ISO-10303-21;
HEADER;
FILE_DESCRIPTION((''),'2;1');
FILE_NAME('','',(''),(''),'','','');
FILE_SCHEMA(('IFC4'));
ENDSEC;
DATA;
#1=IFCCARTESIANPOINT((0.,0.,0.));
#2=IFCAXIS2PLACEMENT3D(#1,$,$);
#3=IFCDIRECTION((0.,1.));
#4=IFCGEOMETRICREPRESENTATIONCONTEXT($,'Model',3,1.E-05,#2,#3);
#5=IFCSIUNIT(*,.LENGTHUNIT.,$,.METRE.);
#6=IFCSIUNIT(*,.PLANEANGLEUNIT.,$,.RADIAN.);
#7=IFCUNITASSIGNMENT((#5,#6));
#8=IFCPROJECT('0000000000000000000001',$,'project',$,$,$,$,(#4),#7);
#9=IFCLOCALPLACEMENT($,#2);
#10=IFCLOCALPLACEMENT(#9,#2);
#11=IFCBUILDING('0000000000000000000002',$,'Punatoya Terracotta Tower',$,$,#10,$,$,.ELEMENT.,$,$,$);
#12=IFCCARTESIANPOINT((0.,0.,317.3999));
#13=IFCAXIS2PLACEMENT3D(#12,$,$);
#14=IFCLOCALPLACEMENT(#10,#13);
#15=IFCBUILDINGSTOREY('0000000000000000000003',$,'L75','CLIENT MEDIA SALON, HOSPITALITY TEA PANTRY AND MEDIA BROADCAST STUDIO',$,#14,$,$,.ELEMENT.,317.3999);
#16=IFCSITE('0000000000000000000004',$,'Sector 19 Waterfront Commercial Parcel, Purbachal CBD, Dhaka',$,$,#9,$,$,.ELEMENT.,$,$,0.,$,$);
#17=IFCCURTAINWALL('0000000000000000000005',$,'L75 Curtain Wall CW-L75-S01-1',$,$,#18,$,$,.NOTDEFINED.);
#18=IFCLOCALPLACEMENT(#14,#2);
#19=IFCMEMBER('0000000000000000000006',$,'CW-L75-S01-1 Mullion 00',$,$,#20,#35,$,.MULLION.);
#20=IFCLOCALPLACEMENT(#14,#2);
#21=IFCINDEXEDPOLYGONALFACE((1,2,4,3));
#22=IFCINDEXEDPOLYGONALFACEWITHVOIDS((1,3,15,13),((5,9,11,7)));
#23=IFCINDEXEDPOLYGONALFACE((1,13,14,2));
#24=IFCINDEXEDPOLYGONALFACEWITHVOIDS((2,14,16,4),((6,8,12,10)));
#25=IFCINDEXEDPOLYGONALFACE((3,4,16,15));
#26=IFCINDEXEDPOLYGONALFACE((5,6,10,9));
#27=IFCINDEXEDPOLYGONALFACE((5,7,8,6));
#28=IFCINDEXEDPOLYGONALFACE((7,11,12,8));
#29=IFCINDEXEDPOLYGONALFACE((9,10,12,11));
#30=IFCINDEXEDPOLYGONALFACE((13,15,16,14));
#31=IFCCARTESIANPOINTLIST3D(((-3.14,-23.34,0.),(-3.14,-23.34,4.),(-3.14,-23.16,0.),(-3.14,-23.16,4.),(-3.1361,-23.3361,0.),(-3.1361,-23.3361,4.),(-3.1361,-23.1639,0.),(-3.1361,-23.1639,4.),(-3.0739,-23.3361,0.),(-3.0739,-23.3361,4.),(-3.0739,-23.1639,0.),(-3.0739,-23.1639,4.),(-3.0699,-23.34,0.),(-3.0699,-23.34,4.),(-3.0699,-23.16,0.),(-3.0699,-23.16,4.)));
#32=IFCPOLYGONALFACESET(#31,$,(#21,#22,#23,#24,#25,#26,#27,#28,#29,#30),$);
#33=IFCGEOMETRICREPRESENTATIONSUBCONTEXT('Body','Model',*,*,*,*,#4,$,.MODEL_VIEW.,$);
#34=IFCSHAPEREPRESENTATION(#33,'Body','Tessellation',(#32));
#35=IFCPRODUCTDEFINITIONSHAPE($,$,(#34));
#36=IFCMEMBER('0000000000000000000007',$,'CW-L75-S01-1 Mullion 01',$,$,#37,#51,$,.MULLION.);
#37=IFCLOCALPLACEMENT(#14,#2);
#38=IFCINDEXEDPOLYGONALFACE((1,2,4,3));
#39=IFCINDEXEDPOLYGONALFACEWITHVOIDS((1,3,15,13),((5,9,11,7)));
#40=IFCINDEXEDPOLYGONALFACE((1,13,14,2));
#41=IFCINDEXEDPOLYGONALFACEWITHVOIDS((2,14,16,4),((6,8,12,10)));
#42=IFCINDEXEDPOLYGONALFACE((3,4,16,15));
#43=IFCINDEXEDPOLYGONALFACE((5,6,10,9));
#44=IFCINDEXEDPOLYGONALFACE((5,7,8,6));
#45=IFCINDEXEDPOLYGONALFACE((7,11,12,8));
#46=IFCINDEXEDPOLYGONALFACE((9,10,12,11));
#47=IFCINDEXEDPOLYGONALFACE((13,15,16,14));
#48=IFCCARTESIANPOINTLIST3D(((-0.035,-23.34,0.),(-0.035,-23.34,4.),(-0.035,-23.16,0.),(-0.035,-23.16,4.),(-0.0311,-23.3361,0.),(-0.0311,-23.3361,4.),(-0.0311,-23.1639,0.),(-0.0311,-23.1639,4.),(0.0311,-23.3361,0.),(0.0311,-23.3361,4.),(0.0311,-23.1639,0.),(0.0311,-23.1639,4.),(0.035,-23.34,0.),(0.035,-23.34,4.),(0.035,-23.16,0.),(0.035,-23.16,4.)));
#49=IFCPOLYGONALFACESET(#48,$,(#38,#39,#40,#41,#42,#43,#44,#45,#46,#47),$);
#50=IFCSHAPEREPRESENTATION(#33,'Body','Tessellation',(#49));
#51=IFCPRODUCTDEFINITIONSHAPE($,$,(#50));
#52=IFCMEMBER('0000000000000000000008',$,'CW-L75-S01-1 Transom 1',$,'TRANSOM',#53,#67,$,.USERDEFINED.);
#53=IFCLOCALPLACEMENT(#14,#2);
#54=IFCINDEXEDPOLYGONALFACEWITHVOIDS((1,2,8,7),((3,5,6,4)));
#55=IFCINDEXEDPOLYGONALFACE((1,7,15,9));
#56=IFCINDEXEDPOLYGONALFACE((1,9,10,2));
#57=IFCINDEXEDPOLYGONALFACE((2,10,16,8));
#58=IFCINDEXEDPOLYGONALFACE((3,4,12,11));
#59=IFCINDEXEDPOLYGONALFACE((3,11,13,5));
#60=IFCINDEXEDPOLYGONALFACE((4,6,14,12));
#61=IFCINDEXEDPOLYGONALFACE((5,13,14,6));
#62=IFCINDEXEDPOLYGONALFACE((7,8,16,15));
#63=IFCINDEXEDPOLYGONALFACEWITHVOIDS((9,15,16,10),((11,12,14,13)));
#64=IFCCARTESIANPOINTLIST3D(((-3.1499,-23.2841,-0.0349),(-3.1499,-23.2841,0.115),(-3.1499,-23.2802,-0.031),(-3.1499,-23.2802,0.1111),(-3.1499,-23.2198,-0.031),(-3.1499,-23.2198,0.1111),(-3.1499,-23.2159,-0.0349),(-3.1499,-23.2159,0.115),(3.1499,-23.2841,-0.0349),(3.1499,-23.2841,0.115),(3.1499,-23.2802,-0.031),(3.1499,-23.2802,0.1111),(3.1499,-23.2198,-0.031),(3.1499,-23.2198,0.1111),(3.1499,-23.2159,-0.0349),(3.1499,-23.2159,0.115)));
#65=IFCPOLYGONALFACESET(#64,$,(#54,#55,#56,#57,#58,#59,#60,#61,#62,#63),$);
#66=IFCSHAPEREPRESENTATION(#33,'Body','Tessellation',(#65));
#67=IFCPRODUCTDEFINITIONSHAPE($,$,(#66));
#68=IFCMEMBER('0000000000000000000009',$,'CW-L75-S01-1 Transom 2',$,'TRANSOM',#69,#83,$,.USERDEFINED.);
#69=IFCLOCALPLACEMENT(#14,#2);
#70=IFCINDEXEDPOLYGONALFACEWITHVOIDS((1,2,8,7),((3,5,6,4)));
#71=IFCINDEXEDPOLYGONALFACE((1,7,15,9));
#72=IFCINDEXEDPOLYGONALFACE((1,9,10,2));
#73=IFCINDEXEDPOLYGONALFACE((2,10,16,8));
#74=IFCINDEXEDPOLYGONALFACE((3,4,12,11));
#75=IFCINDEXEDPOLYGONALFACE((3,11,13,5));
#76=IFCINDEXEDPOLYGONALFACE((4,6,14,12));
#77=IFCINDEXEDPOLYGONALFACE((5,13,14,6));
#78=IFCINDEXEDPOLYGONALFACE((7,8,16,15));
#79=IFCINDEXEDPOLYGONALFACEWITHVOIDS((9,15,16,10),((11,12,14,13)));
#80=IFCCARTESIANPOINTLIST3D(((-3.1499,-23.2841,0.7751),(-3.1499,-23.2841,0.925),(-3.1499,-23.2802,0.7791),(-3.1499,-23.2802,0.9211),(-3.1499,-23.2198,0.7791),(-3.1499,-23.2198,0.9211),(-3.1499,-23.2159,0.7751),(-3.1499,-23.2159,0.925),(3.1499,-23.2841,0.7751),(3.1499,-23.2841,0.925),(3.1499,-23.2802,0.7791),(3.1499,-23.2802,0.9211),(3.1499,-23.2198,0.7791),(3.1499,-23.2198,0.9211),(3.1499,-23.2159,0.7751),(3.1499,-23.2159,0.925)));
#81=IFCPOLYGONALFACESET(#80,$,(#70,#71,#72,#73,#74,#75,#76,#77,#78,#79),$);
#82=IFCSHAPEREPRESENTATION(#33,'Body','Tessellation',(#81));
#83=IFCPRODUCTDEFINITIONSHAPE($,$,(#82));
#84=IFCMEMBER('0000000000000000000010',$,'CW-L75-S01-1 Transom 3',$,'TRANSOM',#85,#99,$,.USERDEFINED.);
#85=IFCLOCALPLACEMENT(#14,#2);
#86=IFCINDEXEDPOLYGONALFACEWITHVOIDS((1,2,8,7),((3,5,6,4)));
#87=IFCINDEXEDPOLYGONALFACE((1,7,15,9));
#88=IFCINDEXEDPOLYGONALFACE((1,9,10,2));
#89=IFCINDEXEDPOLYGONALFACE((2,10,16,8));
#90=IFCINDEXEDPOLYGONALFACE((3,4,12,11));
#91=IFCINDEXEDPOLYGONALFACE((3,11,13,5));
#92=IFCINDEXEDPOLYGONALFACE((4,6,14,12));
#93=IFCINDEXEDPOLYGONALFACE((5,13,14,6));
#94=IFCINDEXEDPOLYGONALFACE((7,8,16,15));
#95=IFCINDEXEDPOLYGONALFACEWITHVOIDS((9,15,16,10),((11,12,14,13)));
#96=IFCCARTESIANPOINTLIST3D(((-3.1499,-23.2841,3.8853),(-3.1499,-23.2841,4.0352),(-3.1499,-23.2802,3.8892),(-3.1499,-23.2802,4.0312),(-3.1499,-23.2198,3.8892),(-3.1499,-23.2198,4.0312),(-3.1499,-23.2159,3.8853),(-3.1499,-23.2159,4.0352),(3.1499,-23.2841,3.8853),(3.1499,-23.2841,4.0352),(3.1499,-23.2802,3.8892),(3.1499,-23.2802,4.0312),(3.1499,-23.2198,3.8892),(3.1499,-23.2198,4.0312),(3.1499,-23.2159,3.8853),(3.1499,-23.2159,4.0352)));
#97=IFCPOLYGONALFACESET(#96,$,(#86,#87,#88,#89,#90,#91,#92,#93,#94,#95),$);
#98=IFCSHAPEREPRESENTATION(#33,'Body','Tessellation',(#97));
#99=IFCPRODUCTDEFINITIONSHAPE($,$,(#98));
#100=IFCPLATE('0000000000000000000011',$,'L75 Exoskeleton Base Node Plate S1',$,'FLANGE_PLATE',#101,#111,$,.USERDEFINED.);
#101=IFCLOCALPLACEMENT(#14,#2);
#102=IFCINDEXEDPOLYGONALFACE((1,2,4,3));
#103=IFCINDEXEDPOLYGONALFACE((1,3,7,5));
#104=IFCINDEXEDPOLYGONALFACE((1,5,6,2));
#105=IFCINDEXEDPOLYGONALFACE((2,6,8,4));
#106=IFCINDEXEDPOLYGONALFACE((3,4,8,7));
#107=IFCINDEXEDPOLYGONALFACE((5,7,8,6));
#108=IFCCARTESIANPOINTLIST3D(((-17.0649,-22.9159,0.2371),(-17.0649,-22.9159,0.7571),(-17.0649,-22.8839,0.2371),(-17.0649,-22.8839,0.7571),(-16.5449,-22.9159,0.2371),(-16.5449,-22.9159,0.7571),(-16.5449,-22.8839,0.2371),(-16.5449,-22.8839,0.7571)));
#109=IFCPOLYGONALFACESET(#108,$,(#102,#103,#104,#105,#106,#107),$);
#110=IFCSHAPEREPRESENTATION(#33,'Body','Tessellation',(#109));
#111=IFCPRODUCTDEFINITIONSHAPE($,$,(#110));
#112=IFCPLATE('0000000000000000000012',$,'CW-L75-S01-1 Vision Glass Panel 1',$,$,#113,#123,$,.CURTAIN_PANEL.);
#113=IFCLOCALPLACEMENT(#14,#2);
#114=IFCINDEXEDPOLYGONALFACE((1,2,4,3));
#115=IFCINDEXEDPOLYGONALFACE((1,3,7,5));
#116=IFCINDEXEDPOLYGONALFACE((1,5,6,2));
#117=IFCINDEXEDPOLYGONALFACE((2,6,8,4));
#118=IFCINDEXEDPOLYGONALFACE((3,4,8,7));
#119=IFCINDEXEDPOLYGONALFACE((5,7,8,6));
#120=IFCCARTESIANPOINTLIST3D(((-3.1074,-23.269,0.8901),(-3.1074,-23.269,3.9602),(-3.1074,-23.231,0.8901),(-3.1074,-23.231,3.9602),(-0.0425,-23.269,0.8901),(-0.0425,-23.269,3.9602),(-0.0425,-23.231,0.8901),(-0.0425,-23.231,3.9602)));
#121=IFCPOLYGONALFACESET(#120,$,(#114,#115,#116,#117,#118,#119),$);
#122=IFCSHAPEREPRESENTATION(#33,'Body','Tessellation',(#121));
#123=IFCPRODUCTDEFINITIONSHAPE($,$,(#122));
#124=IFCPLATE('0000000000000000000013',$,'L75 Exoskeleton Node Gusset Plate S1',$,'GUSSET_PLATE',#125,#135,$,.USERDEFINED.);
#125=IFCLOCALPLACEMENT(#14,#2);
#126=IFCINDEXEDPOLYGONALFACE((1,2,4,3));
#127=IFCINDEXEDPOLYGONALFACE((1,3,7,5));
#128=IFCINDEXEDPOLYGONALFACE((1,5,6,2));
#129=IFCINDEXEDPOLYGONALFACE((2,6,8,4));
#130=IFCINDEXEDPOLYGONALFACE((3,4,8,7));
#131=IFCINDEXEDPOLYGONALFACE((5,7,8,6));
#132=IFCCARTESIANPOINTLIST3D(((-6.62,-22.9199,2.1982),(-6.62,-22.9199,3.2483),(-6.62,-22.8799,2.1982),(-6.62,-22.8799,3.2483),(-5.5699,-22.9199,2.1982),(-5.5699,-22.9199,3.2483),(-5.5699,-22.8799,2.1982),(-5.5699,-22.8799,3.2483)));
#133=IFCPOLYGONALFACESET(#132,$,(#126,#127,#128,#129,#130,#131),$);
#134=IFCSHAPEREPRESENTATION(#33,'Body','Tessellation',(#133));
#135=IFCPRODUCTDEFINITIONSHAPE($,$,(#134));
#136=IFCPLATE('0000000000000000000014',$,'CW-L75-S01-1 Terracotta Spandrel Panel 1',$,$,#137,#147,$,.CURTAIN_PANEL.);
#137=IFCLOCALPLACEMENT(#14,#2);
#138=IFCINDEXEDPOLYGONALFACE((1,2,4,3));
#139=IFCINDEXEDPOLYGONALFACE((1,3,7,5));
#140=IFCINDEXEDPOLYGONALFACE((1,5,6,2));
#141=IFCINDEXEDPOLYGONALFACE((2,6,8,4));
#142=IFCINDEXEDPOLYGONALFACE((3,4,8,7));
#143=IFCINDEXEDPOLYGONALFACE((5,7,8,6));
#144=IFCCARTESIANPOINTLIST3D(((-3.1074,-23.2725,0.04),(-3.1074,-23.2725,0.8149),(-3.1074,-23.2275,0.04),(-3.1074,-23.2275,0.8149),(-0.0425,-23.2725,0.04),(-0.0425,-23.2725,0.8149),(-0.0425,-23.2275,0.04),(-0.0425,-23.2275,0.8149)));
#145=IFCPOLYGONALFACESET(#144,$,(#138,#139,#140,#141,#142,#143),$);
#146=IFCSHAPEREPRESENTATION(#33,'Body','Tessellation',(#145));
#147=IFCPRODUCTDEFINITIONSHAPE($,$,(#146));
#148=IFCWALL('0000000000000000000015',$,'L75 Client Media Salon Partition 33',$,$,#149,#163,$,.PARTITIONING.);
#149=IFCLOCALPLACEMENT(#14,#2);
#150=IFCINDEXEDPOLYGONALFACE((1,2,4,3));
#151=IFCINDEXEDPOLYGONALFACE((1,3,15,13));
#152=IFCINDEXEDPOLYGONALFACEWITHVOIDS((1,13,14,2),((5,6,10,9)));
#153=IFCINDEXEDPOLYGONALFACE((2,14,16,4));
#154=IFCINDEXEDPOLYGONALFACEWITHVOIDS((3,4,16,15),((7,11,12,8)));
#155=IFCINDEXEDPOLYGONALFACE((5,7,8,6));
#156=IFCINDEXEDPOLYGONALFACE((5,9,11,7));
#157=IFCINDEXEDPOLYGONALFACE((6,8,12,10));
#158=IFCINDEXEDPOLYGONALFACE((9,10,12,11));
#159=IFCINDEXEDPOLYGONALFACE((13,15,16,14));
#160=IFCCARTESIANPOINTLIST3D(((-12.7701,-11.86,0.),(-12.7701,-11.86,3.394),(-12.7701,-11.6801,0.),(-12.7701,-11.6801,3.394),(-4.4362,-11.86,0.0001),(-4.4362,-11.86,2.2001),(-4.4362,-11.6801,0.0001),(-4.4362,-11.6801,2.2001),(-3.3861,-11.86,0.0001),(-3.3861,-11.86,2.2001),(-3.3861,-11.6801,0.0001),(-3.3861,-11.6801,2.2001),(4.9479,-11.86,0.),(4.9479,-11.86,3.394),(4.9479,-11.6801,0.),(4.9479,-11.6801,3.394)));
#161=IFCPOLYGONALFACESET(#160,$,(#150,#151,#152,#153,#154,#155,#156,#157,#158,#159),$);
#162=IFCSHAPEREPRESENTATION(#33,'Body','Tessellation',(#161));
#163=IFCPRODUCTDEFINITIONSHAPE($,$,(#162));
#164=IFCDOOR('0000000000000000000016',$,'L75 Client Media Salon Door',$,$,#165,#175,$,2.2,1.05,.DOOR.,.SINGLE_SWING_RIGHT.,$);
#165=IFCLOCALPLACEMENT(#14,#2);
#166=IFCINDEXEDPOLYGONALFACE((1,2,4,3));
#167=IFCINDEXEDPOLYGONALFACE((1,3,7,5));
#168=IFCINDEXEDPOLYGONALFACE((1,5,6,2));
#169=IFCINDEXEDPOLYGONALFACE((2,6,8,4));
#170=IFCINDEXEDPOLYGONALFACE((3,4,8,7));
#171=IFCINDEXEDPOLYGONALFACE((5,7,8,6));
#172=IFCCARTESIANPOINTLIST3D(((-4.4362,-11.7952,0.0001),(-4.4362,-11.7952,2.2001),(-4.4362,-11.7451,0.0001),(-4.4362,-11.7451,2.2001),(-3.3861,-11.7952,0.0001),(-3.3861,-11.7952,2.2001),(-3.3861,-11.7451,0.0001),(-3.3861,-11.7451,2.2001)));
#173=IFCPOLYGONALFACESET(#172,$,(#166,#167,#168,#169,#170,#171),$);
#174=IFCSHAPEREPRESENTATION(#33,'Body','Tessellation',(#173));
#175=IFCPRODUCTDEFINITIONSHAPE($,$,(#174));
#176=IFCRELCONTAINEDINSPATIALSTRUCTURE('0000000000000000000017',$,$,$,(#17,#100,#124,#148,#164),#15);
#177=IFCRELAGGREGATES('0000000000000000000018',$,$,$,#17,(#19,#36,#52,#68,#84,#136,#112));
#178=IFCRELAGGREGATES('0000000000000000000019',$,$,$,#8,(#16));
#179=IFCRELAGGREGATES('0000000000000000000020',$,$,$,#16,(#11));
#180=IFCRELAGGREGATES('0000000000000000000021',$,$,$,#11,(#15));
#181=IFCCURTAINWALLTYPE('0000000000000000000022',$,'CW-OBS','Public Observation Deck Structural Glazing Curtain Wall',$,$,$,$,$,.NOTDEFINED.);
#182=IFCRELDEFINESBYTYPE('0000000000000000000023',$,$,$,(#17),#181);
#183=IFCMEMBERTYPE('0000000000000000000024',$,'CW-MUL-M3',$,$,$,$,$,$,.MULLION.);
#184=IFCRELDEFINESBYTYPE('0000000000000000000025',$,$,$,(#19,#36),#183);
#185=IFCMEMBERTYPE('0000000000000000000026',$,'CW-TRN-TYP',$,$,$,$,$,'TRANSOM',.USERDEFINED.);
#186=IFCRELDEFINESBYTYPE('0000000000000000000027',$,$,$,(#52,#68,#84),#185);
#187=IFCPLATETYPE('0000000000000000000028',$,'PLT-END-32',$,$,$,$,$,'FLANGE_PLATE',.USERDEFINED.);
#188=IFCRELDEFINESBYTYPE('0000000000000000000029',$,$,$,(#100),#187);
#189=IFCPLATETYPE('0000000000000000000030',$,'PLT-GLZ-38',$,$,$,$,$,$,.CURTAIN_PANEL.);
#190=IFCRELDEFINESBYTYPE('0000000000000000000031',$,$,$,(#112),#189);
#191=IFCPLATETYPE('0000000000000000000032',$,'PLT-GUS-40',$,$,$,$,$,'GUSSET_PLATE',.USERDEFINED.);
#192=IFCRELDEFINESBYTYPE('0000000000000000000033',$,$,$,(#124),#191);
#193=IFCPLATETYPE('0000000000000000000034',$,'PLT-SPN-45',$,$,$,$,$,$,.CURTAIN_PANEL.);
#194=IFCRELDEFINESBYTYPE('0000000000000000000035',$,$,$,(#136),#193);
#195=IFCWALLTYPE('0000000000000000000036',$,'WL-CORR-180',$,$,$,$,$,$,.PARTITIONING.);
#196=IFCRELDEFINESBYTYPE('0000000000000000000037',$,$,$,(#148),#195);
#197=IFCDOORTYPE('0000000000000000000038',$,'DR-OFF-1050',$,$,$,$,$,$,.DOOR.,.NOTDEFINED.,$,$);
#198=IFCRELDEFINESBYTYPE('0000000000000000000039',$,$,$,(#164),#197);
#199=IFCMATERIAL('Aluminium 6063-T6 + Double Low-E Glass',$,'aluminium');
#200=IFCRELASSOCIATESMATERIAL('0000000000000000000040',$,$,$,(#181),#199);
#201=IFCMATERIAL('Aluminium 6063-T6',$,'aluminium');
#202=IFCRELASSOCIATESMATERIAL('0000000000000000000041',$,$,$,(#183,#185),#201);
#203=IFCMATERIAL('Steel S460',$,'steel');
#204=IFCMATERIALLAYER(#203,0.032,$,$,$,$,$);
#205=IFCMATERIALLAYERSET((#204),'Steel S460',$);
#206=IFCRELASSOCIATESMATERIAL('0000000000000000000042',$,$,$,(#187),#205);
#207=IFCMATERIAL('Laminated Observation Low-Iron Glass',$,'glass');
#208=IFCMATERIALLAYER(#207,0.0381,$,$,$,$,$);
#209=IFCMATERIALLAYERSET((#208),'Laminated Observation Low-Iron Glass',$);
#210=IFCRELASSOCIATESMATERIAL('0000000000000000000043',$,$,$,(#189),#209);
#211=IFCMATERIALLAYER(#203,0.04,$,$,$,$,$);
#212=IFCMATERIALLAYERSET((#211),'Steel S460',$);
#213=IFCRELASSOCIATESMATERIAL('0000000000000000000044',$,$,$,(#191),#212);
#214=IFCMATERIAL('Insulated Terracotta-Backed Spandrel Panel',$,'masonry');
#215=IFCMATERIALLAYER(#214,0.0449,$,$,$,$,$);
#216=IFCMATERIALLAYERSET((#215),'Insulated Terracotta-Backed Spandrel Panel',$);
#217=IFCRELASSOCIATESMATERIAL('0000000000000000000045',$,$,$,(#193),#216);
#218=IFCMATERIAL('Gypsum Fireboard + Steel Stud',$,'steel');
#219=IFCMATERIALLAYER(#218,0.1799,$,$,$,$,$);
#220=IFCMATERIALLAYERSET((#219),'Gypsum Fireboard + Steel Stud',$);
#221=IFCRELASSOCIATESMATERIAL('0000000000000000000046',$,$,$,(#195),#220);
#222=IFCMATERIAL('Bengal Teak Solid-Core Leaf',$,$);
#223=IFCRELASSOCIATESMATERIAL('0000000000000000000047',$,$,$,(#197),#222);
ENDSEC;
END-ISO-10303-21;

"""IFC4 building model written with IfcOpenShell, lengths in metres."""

from ifc_helpers import new_model, si_unit, direction, frame, frame_2d, origin, origin_2d, place, context, subcontext, project, spatial, rectangle, hollow_rectangle, extrude, material, layer, layer_set, material_profile, profile_set, type_object, element, fill, aggregate, save


model = new_model("IFC4")

# Units and contexts
model_context = context("Model", 3, precision=1e-05, world=origin(), true_north=direction((0.0, 1.0)))
body_context = subcontext(model_context, "Body", "Model", "MODEL_VIEW")
ifc_project = project(units=[si_unit("LENGTHUNIT", "METRE"), si_unit("PLANEANGLEUNIT", "RADIAN")], contexts=[model_context])

# Site, building, storey
site_placement = place(None, origin())
site = spatial("IfcSite", under=ifc_project, at=site_placement, Name="Sector 19 Waterfront Commercial Parcel, Purbachal CBD, Dhaka", CompositionType="ELEMENT", RefElevation=0.0)
building_placement = place(site_placement, origin())
building = spatial("IfcBuilding", under=site, at=building_placement, Name="Punatoya Terracotta Tower", CompositionType="ELEMENT")
storey_placement = place(building_placement, frame((0.0, 0.0, 317.3999)))
storey = spatial("IfcBuildingStorey", under=building, at=storey_placement, Name="L75", Description="CLIENT MEDIA SALON, HOSPITALITY TEA PANTRY AND MEDIA BROADCAST STUDIO", CompositionType="ELEMENT", Elevation=317.3999)

# Shared definitions
ifc_material_1 = material(Name="Steel S460", Category="steel")

# Curtain wall, members
ifc_material_2 = material(Name="Aluminium 6063-T6 + Double Low-E Glass", Category="aluminium")
curtain_wall_type = type_object("IfcCurtainWallType", Name="CW-OBS", Description="Public Observation Deck Structural Glazing Curtain Wall", PredefinedType="NOTDEFINED", material=ifc_material_2)
curtain_wall_placement = place(storey_placement, origin())
curtain_wall = element("IfcCurtainWall", 1, at=curtain_wall_placement, inside=storey, type_object=curtain_wall_type, Name="L75 Curtain Wall CW-L75-S01-1", PredefinedType="NOTDEFINED")
ifc_material_3 = material(Name="Aluminium 6063-T6", Category="aluminium")
ifc_material_profile_1 = material_profile(ifc_material_3, hollow_rectangle(XDim=0.0701, YDim=0.1799, WallThickness=0.0039, at=origin_2d()))
ifc_profile_set_1 = profile_set([ifc_material_profile_1], Name="Aluminium 6063-T6")
member_type_1 = type_object("IfcMemberType", Name="CW-MUL-M3", PredefinedType="MULLION", material=ifc_profile_set_1)
member_1_placement = place(storey_placement, frame((-3.105, -23.25, 0.0), z_axis=(0.0, 0.0, 1.0), x_axis=(1.0, 0.0, 0.0)))
member_1 = element("IfcMember", 2, at=member_1_placement, type_object=member_type_1, Name="CW-L75-S01-1 Mullion 00", PredefinedType="MULLION", context=body_context, shape_type="SweptSolid", body=[
    extrude(hollow_rectangle(XDim=0.0701, YDim=0.1799, WallThickness=0.0039, at=origin_2d()), origin(), (0.0, 0.0, 1.0), 4.0),
])
member_2_placement = place(storey_placement, frame((0.0, -23.25, 0.0), z_axis=(0.0, 0.0, 1.0), x_axis=(1.0, 0.0, 0.0)))
member_2 = element("IfcMember", 3, at=member_2_placement, type_object=member_type_1, Name="CW-L75-S01-1 Mullion 01", PredefinedType="MULLION", context=body_context, shape_type="SweptSolid", body=[
    extrude(hollow_rectangle(XDim=0.0701, YDim=0.1799, WallThickness=0.0039, at=origin_2d()), origin(), (0.0, 0.0, 1.0), 4.0),
])
ifc_material_profile_2 = material_profile(ifc_material_3, hollow_rectangle(XDim=0.0681, YDim=0.1499, WallThickness=0.0039, at=origin_2d()))
ifc_profile_set_2 = profile_set([ifc_material_profile_2], Name="Aluminium 6063-T6")
member_type_2 = type_object("IfcMemberType", Name="CW-TRN-TYP", ElementType="TRANSOM", PredefinedType="USERDEFINED", material=ifc_profile_set_2)
member_3_placement = place(storey_placement, frame((-3.1499, -23.25, 0.04), z_axis=(1.0, 0.0, 0.0), x_axis=(0.0, 1.0, 0.0)))
member_3 = element("IfcMember", 4, at=member_3_placement, type_object=member_type_2, Name="CW-L75-S01-1 Transom 1", ObjectType="TRANSOM", PredefinedType="USERDEFINED", context=body_context, shape_type="SweptSolid", body=[
    extrude(hollow_rectangle(XDim=0.0681, YDim=0.1499, WallThickness=0.0039, at=origin_2d()), origin(), (0.0, 0.0, 1.0), 6.2998),
])
member_4_placement = place(storey_placement, frame((-3.1499, -23.25, 0.8501), z_axis=(1.0, 0.0, 0.0), x_axis=(0.0, 1.0, 0.0)))
member_4 = element("IfcMember", 5, at=member_4_placement, type_object=member_type_2, Name="CW-L75-S01-1 Transom 2", ObjectType="TRANSOM", PredefinedType="USERDEFINED", context=body_context, shape_type="SweptSolid", body=[
    extrude(hollow_rectangle(XDim=0.0681, YDim=0.1499, WallThickness=0.0039, at=origin_2d()), origin(), (0.0, 0.0, 1.0), 6.2998),
])
member_5_placement = place(storey_placement, frame((-3.1499, -23.25, 3.9602), z_axis=(1.0, 0.0, 0.0), x_axis=(0.0, 1.0, 0.0)))
member_5 = element("IfcMember", 6, at=member_5_placement, type_object=member_type_2, Name="CW-L75-S01-1 Transom 3", ObjectType="TRANSOM", PredefinedType="USERDEFINED", context=body_context, shape_type="SweptSolid", body=[
    extrude(hollow_rectangle(XDim=0.0681, YDim=0.1499, WallThickness=0.0039, at=origin_2d()), origin(), (0.0, 0.0, 1.0), 6.2998),
])

# Plates
ifc_layer_1 = layer(ifc_material_1, 0.032)
ifc_layer_set_1 = layer_set([ifc_layer_1], Name="Steel S460")
plate_type_1 = type_object("IfcPlateType", Name="PLT-END-32", ElementType="FLANGE_PLATE", PredefinedType="USERDEFINED", material=ifc_layer_set_1)
plate_1_placement = place(storey_placement, frame((-16.8049, -22.8999, 0.2371), z_axis=(0.0, 0.0, 1.0), x_axis=(1.0, 0.0, 0.0)))
element("IfcPlate", 7, at=plate_1_placement, inside=storey, type_object=plate_type_1, Name="L75 Exoskeleton Base Node Plate S1", ObjectType="FLANGE_PLATE", PredefinedType="USERDEFINED", context=body_context, shape_type="SweptSolid", body=[
    extrude(rectangle(XDim=0.52, YDim=0.032, at=origin_2d()), origin(), (0.0, 0.0, 1.0), 0.52),
])
ifc_material_4 = material(Name="Laminated Observation Low-Iron Glass", Category="glass")
ifc_layer_2 = layer(ifc_material_4, 0.0381)
ifc_layer_set_2 = layer_set([ifc_layer_2], Name="Laminated Observation Low-Iron Glass")
plate_type_2 = type_object("IfcPlateType", Name="PLT-GLZ-38", PredefinedType="CURTAIN_PANEL", material=ifc_layer_set_2)
plate_2_placement = place(storey_placement, frame((-1.575, -23.25, 0.8901), z_axis=(0.0, 0.0, 1.0), x_axis=(1.0, 0.0, 0.0)))
plate_2 = element("IfcPlate", 8, at=plate_2_placement, type_object=plate_type_2, Name="CW-L75-S01-1 Vision Glass Panel 1", PredefinedType="CURTAIN_PANEL", context=body_context, shape_type="SweptSolid", body=[
    extrude(rectangle(XDim=3.0649, YDim=0.0381, at=origin_2d()), origin(), (0.0, 0.0, 1.0), 3.0701),
])
ifc_layer_3 = layer(ifc_material_1, 0.04)
ifc_layer_set_3 = layer_set([ifc_layer_3], Name="Steel S460")
plate_type_3 = type_object("IfcPlateType", Name="PLT-GUS-40", ElementType="GUSSET_PLATE", PredefinedType="USERDEFINED", material=ifc_layer_set_3)
plate_3_placement = place(storey_placement, frame((-6.095, -22.8999, 2.1982), z_axis=(0.0, 0.0, 1.0), x_axis=(1.0, 0.0, 0.0)))
element("IfcPlate", 9, at=plate_3_placement, inside=storey, type_object=plate_type_3, Name="L75 Exoskeleton Node Gusset Plate S1", ObjectType="GUSSET_PLATE", PredefinedType="USERDEFINED", context=body_context, shape_type="SweptSolid", body=[
    extrude(rectangle(XDim=1.05, YDim=0.04, at=origin_2d()), origin(), (0.0, 0.0, 1.0), 1.05),
])
ifc_material_5 = material(Name="Insulated Terracotta-Backed Spandrel Panel", Category="masonry")
ifc_layer_4 = layer(ifc_material_5, 0.0449)
ifc_layer_set_4 = layer_set([ifc_layer_4], Name="Insulated Terracotta-Backed Spandrel Panel")
plate_type_4 = type_object("IfcPlateType", Name="PLT-SPN-45", PredefinedType="CURTAIN_PANEL", material=ifc_layer_set_4)
plate_4_placement = place(storey_placement, frame((-1.575, -23.25, 0.04), z_axis=(0.0, 0.0, 1.0), x_axis=(1.0, 0.0, 0.0)))
plate_4 = element("IfcPlate", 10, at=plate_4_placement, type_object=plate_type_4, Name="CW-L75-S01-1 Terracotta Spandrel Panel 1", PredefinedType="CURTAIN_PANEL", context=body_context, shape_type="SweptSolid", body=[
    extrude(rectangle(XDim=3.0649, YDim=0.0449, at=origin_2d()), origin(), (0.0, 0.0, 1.0), 0.7749),
])
aggregate(curtain_wall, [member_1, member_2, member_3, member_4, member_5, plate_4, plate_2])

# Wall, opening, door
ifc_material_6 = material(Name="Gypsum Fireboard + Steel Stud", Category="steel")
ifc_layer_5 = layer(ifc_material_6, 0.1799)
ifc_layer_set_5 = layer_set([ifc_layer_5], Name="Gypsum Fireboard + Steel Stud")
wall_type = type_object("IfcWallType", Name="WL-CORR-180", PredefinedType="PARTITIONING", material=ifc_layer_set_5)
wall_placement = place(storey_placement, frame((-12.77, -11.77, 0.0), z_axis=(0.0, 0.0, 1.0), x_axis=(1.0, 0.0, 0.0)))
wall = element("IfcWall", 11, at=wall_placement, inside=storey, type_object=wall_type, Name="L75 Client Media Salon Partition 33", PredefinedType="PARTITIONING", context=body_context, shape_type="SweptSolid", body=[
    extrude(rectangle(XDim=17.718, YDim=0.1799, at=frame_2d((8.8589, 0.0))), origin(), (0.0, 0.0, 1.0), 3.394),
])
opening_placement = place(wall_placement, frame((8.334, 0.0, 0.0)))
opening = element("IfcOpeningElement", 12, at=opening_placement, cuts=wall, PredefinedType="OPENING", context=body_context, shape_type="SweptSolid", body=[
    extrude(rectangle(XDim=1.05, YDim=2.2, at=frame_2d((0.5249, 1.1001))), frame((0.0, 0.0999, 0.0), z_axis=(0.0, -1.0, 0.0), x_axis=(1.0, 0.0, 0.0)), (0.0, 0.0, 1.0), 0.2),
])
ifc_material_7 = material(Name="Bengal Teak Solid-Core Leaf")
door_type = type_object("IfcDoorType", Name="DR-OFF-1050", OperationType="NOTDEFINED", PredefinedType="DOOR", material=ifc_material_7)
door_placement = place(opening_placement, origin())
door = element("IfcDoor", 13, at=door_placement, inside=storey, type_object=door_type, Name="L75 Client Media Salon Door", OperationType="SINGLE_SWING_RIGHT", OverallHeight=2.2, OverallWidth=1.05, PredefinedType="DOOR", context=body_context, shape_type="SweptSolid", body=[
    extrude(rectangle(XDim=1.05, YDim=2.2, at=frame_2d((0.5249, 1.1001))), frame((0.0, 0.0249, 0.0), z_axis=(0.0, -1.0, 0.0), x_axis=(1.0, 0.0, 0.0)), (0.0, 0.0, 1.0), 0.05),
])
fill(opening, door)

save(model, "model.ifc")
